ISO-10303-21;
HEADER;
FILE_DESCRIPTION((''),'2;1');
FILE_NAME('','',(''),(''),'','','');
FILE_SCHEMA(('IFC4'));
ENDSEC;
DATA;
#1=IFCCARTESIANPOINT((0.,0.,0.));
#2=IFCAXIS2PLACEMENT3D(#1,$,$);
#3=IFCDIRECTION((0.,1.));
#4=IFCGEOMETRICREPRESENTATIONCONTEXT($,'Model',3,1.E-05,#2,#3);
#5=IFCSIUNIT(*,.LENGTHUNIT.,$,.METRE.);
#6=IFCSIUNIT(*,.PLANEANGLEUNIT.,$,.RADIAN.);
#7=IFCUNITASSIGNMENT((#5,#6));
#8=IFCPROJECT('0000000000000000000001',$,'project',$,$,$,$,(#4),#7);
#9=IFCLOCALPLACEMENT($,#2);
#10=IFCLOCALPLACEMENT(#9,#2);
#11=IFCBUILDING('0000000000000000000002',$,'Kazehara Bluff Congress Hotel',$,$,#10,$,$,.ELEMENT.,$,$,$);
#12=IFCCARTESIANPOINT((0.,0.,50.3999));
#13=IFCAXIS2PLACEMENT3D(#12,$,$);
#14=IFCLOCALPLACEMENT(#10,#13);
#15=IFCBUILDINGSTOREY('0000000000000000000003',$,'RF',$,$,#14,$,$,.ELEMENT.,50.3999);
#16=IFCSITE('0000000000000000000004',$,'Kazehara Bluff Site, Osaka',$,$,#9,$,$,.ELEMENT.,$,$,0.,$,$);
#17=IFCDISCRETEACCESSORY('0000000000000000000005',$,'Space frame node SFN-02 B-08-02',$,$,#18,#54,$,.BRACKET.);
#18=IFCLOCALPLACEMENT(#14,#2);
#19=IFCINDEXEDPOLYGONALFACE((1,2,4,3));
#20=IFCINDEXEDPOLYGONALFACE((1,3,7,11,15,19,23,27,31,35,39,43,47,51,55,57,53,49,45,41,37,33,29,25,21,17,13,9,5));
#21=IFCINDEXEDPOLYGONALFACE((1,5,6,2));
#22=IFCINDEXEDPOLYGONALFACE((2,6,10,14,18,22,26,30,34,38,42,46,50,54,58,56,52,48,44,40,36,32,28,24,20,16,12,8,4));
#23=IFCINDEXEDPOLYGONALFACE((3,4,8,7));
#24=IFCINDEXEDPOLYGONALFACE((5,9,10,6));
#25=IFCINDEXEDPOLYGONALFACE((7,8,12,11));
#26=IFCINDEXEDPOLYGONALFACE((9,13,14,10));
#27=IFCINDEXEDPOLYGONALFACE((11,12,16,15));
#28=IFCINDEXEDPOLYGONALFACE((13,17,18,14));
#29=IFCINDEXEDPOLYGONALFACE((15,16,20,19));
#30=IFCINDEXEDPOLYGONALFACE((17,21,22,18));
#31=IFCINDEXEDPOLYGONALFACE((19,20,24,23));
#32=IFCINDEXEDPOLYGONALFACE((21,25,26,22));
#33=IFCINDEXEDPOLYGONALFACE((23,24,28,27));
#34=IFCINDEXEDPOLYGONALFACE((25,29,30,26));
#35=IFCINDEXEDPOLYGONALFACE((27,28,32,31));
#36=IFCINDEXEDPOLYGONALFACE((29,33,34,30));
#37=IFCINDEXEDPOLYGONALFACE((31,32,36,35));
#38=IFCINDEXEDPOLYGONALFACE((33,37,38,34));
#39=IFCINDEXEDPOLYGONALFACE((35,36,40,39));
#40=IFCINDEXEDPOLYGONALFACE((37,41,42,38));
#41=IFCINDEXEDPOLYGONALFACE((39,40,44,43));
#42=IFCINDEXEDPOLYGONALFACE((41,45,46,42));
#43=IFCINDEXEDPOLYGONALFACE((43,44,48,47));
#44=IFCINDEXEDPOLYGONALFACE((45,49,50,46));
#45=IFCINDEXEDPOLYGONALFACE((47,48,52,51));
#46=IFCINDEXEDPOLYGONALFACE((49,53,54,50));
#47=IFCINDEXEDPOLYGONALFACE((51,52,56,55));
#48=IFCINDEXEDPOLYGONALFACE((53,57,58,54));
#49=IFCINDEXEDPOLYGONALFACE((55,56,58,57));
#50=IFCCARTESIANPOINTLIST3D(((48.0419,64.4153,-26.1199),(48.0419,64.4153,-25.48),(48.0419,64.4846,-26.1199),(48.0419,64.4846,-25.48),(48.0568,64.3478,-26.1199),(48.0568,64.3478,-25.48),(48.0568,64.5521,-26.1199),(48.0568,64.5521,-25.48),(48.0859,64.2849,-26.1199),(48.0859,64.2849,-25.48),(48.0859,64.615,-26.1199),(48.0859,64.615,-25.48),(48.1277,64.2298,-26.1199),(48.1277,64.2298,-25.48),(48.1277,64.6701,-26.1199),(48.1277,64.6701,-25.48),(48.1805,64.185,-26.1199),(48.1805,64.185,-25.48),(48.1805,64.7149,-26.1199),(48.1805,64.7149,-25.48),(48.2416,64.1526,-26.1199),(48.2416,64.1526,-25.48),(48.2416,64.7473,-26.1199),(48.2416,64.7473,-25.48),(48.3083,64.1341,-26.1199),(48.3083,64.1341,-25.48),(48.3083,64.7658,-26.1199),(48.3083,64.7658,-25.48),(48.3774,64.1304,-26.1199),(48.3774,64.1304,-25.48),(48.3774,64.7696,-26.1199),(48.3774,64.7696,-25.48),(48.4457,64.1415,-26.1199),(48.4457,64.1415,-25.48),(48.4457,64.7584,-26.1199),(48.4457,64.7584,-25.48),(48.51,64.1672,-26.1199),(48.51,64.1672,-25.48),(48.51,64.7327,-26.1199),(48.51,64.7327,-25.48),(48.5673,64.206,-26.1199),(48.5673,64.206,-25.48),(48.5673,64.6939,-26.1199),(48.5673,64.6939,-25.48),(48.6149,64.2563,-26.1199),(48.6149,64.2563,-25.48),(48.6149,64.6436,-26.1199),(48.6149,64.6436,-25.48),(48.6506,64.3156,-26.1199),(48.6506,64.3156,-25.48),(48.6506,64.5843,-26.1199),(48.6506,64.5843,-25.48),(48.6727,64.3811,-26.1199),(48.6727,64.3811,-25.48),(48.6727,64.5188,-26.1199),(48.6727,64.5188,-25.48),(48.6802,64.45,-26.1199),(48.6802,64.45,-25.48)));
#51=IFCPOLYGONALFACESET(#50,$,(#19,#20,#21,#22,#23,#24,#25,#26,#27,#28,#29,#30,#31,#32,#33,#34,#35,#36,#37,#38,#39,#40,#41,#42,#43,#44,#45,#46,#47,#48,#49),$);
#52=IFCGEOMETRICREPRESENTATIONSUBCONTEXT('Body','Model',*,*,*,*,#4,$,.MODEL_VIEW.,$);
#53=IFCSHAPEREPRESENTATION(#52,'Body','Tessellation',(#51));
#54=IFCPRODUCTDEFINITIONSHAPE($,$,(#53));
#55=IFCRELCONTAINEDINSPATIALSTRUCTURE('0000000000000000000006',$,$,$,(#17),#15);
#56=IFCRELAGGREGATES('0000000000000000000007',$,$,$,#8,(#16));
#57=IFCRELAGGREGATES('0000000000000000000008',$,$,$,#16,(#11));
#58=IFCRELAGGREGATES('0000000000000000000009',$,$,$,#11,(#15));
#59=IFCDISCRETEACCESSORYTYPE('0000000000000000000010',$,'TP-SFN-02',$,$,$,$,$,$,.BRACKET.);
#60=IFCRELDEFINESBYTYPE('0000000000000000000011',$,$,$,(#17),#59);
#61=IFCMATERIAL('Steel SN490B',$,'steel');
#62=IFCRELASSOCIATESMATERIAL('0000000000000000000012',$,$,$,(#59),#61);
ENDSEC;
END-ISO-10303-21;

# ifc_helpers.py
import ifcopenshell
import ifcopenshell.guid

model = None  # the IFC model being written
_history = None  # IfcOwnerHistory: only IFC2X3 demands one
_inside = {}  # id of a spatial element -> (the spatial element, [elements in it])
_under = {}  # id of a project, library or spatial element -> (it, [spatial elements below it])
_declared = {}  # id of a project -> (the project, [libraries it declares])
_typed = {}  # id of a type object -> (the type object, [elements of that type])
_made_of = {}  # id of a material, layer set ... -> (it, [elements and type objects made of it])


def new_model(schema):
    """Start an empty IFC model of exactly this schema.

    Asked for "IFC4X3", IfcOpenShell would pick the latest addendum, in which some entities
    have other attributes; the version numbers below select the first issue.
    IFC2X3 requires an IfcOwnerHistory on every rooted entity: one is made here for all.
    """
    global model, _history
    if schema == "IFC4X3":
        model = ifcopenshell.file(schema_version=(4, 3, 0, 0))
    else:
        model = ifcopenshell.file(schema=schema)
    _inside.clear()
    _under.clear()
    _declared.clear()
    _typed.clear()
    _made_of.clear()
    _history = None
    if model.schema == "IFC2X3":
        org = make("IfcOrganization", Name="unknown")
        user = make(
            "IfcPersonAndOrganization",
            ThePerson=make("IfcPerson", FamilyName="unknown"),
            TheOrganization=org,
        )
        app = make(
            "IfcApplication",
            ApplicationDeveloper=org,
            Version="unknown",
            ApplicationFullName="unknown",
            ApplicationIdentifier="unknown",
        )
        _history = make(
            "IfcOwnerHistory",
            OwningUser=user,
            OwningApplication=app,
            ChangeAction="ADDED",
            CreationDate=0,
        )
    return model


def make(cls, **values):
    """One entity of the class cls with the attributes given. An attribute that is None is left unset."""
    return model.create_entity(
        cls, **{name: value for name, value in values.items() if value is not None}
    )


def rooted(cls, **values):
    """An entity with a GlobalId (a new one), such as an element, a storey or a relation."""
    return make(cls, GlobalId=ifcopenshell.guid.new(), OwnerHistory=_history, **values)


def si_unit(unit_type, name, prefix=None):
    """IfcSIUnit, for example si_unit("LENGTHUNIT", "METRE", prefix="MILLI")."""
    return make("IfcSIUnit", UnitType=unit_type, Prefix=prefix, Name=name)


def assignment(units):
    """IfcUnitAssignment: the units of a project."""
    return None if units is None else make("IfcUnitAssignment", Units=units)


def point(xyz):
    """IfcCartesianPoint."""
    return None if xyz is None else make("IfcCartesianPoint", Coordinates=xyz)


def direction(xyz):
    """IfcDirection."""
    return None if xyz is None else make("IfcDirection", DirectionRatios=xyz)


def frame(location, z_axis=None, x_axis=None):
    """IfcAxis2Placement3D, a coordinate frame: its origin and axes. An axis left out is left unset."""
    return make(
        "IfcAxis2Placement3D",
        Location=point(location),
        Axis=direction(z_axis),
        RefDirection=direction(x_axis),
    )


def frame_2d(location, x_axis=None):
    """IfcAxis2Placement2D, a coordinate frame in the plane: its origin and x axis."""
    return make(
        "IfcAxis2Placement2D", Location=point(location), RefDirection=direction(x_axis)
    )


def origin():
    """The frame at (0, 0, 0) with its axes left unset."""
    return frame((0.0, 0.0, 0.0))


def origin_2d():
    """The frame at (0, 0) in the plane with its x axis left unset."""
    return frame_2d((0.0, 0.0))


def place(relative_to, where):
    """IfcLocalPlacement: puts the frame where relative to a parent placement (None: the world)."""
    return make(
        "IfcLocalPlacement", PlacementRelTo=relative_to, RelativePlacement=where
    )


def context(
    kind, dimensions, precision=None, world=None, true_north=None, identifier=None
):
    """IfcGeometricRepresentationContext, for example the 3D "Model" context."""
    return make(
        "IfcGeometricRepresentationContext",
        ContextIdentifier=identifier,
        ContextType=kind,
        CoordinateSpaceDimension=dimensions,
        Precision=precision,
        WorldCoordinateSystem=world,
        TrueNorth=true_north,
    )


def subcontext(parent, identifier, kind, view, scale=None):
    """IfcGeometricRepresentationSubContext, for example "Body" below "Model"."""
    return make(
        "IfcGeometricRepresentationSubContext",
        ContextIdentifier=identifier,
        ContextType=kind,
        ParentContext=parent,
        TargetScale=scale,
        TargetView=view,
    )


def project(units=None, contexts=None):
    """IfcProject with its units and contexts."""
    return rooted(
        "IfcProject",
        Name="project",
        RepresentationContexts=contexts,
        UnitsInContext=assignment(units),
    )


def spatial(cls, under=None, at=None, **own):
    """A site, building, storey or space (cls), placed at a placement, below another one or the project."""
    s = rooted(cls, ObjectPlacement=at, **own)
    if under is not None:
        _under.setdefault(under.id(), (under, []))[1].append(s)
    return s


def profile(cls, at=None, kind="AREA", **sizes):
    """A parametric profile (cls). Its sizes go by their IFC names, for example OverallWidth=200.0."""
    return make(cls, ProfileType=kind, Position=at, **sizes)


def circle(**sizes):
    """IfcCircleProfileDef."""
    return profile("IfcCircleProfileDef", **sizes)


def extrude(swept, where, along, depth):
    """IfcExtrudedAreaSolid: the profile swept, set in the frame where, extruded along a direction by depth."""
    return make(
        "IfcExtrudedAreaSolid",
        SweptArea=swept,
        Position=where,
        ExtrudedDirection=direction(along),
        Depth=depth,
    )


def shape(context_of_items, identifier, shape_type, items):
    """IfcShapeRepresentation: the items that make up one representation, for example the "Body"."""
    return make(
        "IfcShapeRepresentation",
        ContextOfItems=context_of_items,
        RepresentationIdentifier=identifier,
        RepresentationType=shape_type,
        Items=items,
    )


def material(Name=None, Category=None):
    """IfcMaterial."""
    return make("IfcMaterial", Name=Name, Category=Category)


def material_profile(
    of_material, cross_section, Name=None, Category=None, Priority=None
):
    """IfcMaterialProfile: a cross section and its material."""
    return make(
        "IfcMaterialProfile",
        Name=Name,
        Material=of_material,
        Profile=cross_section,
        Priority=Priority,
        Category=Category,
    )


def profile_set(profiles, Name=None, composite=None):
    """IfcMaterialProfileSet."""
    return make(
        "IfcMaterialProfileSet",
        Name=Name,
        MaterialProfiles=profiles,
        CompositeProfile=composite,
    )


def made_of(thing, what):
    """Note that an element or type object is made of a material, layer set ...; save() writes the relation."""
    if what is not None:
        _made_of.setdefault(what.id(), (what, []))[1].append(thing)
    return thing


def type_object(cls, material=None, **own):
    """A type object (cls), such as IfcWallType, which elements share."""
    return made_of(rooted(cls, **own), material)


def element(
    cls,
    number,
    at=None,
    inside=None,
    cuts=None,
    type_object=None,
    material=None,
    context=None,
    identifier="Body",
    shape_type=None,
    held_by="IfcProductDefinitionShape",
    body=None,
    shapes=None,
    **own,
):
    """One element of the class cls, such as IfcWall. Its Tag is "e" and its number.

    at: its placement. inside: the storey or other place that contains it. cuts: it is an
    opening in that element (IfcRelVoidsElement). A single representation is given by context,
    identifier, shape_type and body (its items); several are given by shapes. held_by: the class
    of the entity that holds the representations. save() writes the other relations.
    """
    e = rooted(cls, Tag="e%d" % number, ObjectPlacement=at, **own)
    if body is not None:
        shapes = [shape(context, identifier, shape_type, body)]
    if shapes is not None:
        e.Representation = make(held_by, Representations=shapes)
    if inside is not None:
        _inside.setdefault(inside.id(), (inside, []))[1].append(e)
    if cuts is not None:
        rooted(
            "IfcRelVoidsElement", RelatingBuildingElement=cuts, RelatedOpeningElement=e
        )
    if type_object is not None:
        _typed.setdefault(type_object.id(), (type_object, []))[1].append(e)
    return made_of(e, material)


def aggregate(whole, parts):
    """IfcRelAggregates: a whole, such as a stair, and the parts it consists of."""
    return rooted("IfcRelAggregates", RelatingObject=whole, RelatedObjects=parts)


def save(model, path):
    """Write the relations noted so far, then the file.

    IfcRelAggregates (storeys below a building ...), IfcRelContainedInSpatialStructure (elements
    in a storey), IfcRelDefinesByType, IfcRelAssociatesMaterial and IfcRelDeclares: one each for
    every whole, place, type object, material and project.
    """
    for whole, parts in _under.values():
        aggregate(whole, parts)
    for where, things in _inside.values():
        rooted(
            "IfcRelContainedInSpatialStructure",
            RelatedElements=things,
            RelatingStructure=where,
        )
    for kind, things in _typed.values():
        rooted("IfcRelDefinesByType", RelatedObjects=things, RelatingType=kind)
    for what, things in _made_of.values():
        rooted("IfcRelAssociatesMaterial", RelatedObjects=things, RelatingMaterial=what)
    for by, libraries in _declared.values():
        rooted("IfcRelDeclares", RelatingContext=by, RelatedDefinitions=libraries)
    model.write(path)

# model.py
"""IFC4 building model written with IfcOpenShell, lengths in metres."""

from ifc_helpers import new_model, si_unit, direction, frame, origin, origin_2d, place, context, subcontext, project, spatial, circle, extrude, material, material_profile, profile_set, type_object, element, save


model = new_model("IFC4")

# Units and contexts
model_context = context("Model", 3, precision=1e-05, world=origin(), true_north=direction((0.0, 1.0)))
body_context = subcontext(model_context, "Body", "Model", "MODEL_VIEW")
ifc_project = project(units=[si_unit("LENGTHUNIT", "METRE"), si_unit("PLANEANGLEUNIT", "RADIAN")], contexts=[model_context])

# Site, building, storey
site_placement = place(None, origin())
site = spatial("IfcSite", under=ifc_project, at=site_placement, Name="Kazehara Bluff Site, Osaka", CompositionType="ELEMENT", RefElevation=0.0)
building_placement = place(site_placement, origin())
building = spatial("IfcBuilding", under=site, at=building_placement, Name="Kazehara Bluff Congress Hotel", CompositionType="ELEMENT")
storey_placement = place(building_placement, frame((0.0, 0.0, 50.3999)))
storey = spatial("IfcBuildingStorey", under=building, at=storey_placement, Name="RF", CompositionType="ELEMENT", Elevation=50.3999)

# Discrete accessory
ifc_material_1 = material(Name="Steel SN490B", Category="steel")
ifc_material_profile_1 = material_profile(ifc_material_1, circle(Radius=0.3201, at=origin_2d()))
ifc_profile_set_1 = profile_set([ifc_material_profile_1], Name="Steel SN490B")
discrete_accessory_type_1 = type_object("IfcDiscreteAccessoryType", Name="TP-SFN-02", PredefinedType="BRACKET", material=ifc_profile_set_1)
for number, where, z_axis, x_axis, name in (
    (1, (48.3601, 64.45, -26.1199), (0.0, 0.0, 1.0), (1.0, 0.0, 0.0), "Space frame node SFN-02 B-08-02"),
):
    element("IfcDiscreteAccessory", number, at=place(storey_placement, frame(where, z_axis=z_axis, x_axis=x_axis)), inside=storey, type_object=discrete_accessory_type_1, Name=name, PredefinedType="BRACKET", context=body_context, shape_type="SweptSolid", body=[
        extrude(circle(Radius=0.3201, at=origin_2d()), origin(), (0.0, 0.0, 1.0), 0.6399),
    ])

save(model, "model.ifc")
